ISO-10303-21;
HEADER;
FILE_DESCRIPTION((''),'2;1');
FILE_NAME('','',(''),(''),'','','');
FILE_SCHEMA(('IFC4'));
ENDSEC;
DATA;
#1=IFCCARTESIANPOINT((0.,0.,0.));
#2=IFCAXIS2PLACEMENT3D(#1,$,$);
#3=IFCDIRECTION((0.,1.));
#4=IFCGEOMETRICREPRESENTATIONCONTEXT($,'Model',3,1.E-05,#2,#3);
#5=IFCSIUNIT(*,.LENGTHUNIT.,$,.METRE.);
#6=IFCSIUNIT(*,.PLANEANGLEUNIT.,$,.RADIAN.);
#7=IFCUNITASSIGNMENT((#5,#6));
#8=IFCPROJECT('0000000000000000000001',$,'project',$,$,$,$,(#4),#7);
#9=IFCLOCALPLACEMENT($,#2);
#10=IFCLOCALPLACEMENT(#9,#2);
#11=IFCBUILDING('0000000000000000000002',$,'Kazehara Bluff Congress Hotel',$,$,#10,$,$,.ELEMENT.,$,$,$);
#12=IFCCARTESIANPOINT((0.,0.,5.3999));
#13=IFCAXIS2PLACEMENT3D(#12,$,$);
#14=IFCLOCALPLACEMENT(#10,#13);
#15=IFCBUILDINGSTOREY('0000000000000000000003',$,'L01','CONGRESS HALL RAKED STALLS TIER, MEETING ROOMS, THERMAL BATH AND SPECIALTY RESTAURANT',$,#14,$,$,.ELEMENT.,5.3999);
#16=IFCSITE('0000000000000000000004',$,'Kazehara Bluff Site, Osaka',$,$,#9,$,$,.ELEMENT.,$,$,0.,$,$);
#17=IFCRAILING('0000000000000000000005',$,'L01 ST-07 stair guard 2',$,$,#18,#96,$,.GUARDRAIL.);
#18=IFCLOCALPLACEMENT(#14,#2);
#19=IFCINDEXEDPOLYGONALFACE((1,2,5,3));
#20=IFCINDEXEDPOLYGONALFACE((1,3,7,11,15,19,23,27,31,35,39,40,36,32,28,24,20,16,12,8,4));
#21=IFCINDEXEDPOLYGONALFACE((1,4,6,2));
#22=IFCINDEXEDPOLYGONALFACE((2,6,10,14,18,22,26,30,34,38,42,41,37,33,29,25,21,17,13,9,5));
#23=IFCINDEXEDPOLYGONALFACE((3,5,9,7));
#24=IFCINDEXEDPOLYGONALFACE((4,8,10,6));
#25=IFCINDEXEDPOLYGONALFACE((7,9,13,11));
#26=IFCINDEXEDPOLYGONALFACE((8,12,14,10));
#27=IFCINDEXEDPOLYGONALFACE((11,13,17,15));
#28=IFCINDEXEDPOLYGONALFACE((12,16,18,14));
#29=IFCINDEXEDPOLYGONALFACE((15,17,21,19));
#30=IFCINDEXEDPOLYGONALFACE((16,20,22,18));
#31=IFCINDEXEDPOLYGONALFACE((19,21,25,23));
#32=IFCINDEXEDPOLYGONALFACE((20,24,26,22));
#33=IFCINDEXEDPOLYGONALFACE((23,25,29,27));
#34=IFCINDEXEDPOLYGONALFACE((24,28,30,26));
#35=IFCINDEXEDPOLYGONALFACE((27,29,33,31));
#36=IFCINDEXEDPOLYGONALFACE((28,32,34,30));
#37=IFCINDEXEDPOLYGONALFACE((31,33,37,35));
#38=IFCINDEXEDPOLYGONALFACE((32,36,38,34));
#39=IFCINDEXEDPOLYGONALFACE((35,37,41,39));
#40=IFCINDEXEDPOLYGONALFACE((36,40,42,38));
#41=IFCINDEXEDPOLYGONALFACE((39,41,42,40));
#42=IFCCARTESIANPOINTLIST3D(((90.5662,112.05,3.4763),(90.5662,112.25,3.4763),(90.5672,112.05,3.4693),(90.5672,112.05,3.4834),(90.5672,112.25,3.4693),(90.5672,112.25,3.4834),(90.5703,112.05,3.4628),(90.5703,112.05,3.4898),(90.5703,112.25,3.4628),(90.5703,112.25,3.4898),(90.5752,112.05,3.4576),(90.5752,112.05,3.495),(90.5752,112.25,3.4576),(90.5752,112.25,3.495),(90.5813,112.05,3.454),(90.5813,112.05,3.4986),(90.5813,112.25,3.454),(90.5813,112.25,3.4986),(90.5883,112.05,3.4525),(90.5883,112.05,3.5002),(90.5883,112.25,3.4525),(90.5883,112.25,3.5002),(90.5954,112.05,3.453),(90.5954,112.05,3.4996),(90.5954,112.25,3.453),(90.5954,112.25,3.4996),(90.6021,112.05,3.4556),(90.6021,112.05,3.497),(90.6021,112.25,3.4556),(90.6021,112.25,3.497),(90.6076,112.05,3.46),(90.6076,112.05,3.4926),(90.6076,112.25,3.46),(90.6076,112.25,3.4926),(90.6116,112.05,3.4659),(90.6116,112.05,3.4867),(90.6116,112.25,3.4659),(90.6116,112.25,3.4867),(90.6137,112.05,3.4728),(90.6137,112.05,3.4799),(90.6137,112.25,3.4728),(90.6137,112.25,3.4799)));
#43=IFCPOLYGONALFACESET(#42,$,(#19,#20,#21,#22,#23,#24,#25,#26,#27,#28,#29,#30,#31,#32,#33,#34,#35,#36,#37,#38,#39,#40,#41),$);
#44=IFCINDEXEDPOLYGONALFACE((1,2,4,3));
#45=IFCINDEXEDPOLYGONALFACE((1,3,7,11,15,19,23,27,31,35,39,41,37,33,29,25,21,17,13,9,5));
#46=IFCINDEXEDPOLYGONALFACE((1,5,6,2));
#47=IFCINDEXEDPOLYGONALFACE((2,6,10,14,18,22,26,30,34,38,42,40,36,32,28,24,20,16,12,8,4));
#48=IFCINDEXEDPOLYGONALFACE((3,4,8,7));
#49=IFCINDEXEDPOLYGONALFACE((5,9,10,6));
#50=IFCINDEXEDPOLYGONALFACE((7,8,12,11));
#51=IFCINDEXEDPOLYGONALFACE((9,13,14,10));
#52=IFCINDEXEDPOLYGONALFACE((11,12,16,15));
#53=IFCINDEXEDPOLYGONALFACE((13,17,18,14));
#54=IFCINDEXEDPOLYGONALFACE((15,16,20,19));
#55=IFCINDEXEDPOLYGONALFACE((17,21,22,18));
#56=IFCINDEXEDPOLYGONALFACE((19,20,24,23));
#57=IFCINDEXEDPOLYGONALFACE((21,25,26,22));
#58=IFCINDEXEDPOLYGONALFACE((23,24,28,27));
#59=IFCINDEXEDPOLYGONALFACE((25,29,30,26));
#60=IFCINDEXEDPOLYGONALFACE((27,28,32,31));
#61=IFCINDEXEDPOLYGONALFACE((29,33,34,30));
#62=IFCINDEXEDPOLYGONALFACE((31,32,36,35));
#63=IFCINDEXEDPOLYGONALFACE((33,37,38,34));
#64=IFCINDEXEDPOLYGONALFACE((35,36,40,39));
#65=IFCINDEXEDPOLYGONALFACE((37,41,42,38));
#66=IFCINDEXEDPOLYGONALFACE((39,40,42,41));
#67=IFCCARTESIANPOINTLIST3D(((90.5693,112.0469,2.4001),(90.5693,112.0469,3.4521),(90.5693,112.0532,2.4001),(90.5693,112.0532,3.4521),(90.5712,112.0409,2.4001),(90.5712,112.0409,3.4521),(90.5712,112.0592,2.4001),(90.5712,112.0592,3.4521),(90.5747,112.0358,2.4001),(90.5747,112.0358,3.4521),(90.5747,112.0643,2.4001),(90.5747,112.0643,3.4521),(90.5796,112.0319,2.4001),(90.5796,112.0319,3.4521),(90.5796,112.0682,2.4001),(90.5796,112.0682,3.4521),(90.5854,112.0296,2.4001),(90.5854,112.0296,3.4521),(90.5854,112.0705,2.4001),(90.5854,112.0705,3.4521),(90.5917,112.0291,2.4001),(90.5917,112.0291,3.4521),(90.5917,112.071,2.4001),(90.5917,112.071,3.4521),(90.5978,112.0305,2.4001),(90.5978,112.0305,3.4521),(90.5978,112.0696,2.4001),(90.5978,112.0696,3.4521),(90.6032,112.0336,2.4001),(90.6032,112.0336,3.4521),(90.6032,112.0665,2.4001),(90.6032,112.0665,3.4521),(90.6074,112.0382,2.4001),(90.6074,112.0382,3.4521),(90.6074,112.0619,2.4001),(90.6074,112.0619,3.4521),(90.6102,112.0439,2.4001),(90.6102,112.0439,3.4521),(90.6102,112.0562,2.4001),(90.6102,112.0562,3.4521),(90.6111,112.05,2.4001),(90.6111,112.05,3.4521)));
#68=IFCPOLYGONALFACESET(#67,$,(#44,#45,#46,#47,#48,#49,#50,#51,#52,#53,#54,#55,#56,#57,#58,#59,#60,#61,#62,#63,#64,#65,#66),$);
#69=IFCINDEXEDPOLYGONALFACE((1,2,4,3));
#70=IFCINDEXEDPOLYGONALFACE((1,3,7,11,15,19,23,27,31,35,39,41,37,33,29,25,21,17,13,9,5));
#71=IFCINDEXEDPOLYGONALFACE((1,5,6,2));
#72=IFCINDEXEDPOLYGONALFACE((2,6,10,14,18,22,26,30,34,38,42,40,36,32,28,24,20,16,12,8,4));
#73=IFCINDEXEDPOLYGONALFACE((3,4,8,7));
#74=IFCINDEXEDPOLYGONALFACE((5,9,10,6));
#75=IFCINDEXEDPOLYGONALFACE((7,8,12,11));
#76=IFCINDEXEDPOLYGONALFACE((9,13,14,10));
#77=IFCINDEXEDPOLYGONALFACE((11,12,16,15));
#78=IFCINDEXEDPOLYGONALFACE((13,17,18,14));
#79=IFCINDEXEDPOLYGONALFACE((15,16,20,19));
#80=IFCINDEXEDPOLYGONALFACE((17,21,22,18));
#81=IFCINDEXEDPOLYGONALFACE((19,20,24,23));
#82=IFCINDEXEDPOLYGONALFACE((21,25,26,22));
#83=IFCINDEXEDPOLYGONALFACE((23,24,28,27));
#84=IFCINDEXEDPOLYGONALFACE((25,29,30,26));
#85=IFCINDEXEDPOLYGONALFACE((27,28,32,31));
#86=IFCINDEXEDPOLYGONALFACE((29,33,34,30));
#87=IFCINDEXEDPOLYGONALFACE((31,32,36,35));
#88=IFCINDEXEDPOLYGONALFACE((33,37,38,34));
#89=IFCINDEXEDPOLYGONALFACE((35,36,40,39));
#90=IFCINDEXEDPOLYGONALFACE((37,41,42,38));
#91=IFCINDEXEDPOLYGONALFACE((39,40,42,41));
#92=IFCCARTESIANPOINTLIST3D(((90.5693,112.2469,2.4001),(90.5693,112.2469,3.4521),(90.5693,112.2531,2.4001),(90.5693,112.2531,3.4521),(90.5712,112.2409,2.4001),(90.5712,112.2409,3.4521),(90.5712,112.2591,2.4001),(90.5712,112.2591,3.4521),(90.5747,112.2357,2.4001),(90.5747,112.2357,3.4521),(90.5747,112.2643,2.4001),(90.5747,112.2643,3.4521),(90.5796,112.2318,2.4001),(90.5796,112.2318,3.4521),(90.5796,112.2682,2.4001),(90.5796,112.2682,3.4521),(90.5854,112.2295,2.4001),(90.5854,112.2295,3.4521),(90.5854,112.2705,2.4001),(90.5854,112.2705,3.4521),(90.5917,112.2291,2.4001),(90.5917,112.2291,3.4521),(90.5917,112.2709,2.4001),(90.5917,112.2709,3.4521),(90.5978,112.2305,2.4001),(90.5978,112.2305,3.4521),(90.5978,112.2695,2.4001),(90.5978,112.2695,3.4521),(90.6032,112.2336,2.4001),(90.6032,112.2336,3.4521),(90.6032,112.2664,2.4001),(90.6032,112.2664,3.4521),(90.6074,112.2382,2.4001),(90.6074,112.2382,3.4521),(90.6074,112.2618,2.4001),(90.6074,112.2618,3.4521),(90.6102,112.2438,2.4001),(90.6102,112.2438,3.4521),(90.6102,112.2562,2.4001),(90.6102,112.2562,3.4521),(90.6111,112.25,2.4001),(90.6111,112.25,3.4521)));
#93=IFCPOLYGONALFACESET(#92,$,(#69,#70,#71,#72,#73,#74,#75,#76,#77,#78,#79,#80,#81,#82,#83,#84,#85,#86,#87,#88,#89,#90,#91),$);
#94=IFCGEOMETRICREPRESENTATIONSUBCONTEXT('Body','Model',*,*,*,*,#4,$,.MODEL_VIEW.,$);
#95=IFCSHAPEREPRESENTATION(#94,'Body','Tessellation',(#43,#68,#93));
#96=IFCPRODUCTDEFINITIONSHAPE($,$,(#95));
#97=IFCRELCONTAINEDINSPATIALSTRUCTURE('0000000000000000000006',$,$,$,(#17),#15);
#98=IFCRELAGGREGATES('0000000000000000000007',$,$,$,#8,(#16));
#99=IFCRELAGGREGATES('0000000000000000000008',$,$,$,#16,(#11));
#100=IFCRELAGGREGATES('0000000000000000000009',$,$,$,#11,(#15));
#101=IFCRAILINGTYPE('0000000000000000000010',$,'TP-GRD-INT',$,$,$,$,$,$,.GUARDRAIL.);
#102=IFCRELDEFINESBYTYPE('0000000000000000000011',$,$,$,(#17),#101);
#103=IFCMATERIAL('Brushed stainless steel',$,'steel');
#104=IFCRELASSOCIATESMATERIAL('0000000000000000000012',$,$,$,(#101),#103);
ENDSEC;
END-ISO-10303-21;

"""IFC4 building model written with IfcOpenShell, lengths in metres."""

from ifc_helpers import new_model, si_unit, direction, frame, origin, origin_2d, place, context, subcontext, project, spatial, circle, extrude, material, type_object, element, save


model = new_model("IFC4")

# Units and contexts
model_context = context("Model", 3, precision=1e-05, world=origin(), true_north=direction((0.0, 1.0)))
body_context = subcontext(model_context, "Body", "Model", "MODEL_VIEW")
ifc_project = project(units=[si_unit("LENGTHUNIT", "METRE"), si_unit("PLANEANGLEUNIT", "RADIAN")], contexts=[model_context])

# Site, building, storey
site_placement = place(None, origin())
site = spatial("IfcSite", under=ifc_project, at=site_placement, Name="Kazehara Bluff Site, Osaka", CompositionType="ELEMENT", RefElevation=0.0)
building_placement = place(site_placement, origin())
building = spatial("IfcBuilding", under=site, at=building_placement, Name="Kazehara Bluff Congress Hotel", CompositionType="ELEMENT")
storey_placement = place(building_placement, frame((0.0, 0.0, 5.3999)))
storey = spatial("IfcBuildingStorey", under=building, at=storey_placement, Name="L01", Description="CONGRESS HALL RAKED STALLS TIER, MEETING ROOMS, THERMAL BATH AND SPECIALTY RESTAURANT", CompositionType="ELEMENT", Elevation=5.3999)

# Railing
ifc_material_1 = material(Name="Brushed stainless steel", Category="steel")
railing_type_1 = type_object("IfcRailingType", Name="TP-GRD-INT", PredefinedType="GUARDRAIL", material=ifc_material_1)
railing_1_placement = place(storey_placement, frame((90.5901, 112.05, 2.4001)))
element("IfcRailing", 1, at=railing_1_placement, inside=storey, type_object=railing_type_1, Name="L01 ST-07 stair guard 2", PredefinedType="GUARDRAIL", context=body_context, shape_type="SweptSolid", body=[
    extrude(circle(Radius=0.0239, at=origin_2d()), frame((0.0, 0.0, 1.0762), z_axis=(0.0, 1.0, 0.0), x_axis=(-1.0, 0.0, 0.0)), (0.0, 0.0, 1.0), 0.2),
    extrude(circle(Radius=0.021, at=origin_2d()), origin(), (0.0, 0.0, 1.0), 1.052),
    extrude(circle(Radius=0.021, at=origin_2d()), frame((0.0, 0.2, 0.0)), (0.0, 0.0, 1.0), 1.052),
])

save(model, "model.ifc")
